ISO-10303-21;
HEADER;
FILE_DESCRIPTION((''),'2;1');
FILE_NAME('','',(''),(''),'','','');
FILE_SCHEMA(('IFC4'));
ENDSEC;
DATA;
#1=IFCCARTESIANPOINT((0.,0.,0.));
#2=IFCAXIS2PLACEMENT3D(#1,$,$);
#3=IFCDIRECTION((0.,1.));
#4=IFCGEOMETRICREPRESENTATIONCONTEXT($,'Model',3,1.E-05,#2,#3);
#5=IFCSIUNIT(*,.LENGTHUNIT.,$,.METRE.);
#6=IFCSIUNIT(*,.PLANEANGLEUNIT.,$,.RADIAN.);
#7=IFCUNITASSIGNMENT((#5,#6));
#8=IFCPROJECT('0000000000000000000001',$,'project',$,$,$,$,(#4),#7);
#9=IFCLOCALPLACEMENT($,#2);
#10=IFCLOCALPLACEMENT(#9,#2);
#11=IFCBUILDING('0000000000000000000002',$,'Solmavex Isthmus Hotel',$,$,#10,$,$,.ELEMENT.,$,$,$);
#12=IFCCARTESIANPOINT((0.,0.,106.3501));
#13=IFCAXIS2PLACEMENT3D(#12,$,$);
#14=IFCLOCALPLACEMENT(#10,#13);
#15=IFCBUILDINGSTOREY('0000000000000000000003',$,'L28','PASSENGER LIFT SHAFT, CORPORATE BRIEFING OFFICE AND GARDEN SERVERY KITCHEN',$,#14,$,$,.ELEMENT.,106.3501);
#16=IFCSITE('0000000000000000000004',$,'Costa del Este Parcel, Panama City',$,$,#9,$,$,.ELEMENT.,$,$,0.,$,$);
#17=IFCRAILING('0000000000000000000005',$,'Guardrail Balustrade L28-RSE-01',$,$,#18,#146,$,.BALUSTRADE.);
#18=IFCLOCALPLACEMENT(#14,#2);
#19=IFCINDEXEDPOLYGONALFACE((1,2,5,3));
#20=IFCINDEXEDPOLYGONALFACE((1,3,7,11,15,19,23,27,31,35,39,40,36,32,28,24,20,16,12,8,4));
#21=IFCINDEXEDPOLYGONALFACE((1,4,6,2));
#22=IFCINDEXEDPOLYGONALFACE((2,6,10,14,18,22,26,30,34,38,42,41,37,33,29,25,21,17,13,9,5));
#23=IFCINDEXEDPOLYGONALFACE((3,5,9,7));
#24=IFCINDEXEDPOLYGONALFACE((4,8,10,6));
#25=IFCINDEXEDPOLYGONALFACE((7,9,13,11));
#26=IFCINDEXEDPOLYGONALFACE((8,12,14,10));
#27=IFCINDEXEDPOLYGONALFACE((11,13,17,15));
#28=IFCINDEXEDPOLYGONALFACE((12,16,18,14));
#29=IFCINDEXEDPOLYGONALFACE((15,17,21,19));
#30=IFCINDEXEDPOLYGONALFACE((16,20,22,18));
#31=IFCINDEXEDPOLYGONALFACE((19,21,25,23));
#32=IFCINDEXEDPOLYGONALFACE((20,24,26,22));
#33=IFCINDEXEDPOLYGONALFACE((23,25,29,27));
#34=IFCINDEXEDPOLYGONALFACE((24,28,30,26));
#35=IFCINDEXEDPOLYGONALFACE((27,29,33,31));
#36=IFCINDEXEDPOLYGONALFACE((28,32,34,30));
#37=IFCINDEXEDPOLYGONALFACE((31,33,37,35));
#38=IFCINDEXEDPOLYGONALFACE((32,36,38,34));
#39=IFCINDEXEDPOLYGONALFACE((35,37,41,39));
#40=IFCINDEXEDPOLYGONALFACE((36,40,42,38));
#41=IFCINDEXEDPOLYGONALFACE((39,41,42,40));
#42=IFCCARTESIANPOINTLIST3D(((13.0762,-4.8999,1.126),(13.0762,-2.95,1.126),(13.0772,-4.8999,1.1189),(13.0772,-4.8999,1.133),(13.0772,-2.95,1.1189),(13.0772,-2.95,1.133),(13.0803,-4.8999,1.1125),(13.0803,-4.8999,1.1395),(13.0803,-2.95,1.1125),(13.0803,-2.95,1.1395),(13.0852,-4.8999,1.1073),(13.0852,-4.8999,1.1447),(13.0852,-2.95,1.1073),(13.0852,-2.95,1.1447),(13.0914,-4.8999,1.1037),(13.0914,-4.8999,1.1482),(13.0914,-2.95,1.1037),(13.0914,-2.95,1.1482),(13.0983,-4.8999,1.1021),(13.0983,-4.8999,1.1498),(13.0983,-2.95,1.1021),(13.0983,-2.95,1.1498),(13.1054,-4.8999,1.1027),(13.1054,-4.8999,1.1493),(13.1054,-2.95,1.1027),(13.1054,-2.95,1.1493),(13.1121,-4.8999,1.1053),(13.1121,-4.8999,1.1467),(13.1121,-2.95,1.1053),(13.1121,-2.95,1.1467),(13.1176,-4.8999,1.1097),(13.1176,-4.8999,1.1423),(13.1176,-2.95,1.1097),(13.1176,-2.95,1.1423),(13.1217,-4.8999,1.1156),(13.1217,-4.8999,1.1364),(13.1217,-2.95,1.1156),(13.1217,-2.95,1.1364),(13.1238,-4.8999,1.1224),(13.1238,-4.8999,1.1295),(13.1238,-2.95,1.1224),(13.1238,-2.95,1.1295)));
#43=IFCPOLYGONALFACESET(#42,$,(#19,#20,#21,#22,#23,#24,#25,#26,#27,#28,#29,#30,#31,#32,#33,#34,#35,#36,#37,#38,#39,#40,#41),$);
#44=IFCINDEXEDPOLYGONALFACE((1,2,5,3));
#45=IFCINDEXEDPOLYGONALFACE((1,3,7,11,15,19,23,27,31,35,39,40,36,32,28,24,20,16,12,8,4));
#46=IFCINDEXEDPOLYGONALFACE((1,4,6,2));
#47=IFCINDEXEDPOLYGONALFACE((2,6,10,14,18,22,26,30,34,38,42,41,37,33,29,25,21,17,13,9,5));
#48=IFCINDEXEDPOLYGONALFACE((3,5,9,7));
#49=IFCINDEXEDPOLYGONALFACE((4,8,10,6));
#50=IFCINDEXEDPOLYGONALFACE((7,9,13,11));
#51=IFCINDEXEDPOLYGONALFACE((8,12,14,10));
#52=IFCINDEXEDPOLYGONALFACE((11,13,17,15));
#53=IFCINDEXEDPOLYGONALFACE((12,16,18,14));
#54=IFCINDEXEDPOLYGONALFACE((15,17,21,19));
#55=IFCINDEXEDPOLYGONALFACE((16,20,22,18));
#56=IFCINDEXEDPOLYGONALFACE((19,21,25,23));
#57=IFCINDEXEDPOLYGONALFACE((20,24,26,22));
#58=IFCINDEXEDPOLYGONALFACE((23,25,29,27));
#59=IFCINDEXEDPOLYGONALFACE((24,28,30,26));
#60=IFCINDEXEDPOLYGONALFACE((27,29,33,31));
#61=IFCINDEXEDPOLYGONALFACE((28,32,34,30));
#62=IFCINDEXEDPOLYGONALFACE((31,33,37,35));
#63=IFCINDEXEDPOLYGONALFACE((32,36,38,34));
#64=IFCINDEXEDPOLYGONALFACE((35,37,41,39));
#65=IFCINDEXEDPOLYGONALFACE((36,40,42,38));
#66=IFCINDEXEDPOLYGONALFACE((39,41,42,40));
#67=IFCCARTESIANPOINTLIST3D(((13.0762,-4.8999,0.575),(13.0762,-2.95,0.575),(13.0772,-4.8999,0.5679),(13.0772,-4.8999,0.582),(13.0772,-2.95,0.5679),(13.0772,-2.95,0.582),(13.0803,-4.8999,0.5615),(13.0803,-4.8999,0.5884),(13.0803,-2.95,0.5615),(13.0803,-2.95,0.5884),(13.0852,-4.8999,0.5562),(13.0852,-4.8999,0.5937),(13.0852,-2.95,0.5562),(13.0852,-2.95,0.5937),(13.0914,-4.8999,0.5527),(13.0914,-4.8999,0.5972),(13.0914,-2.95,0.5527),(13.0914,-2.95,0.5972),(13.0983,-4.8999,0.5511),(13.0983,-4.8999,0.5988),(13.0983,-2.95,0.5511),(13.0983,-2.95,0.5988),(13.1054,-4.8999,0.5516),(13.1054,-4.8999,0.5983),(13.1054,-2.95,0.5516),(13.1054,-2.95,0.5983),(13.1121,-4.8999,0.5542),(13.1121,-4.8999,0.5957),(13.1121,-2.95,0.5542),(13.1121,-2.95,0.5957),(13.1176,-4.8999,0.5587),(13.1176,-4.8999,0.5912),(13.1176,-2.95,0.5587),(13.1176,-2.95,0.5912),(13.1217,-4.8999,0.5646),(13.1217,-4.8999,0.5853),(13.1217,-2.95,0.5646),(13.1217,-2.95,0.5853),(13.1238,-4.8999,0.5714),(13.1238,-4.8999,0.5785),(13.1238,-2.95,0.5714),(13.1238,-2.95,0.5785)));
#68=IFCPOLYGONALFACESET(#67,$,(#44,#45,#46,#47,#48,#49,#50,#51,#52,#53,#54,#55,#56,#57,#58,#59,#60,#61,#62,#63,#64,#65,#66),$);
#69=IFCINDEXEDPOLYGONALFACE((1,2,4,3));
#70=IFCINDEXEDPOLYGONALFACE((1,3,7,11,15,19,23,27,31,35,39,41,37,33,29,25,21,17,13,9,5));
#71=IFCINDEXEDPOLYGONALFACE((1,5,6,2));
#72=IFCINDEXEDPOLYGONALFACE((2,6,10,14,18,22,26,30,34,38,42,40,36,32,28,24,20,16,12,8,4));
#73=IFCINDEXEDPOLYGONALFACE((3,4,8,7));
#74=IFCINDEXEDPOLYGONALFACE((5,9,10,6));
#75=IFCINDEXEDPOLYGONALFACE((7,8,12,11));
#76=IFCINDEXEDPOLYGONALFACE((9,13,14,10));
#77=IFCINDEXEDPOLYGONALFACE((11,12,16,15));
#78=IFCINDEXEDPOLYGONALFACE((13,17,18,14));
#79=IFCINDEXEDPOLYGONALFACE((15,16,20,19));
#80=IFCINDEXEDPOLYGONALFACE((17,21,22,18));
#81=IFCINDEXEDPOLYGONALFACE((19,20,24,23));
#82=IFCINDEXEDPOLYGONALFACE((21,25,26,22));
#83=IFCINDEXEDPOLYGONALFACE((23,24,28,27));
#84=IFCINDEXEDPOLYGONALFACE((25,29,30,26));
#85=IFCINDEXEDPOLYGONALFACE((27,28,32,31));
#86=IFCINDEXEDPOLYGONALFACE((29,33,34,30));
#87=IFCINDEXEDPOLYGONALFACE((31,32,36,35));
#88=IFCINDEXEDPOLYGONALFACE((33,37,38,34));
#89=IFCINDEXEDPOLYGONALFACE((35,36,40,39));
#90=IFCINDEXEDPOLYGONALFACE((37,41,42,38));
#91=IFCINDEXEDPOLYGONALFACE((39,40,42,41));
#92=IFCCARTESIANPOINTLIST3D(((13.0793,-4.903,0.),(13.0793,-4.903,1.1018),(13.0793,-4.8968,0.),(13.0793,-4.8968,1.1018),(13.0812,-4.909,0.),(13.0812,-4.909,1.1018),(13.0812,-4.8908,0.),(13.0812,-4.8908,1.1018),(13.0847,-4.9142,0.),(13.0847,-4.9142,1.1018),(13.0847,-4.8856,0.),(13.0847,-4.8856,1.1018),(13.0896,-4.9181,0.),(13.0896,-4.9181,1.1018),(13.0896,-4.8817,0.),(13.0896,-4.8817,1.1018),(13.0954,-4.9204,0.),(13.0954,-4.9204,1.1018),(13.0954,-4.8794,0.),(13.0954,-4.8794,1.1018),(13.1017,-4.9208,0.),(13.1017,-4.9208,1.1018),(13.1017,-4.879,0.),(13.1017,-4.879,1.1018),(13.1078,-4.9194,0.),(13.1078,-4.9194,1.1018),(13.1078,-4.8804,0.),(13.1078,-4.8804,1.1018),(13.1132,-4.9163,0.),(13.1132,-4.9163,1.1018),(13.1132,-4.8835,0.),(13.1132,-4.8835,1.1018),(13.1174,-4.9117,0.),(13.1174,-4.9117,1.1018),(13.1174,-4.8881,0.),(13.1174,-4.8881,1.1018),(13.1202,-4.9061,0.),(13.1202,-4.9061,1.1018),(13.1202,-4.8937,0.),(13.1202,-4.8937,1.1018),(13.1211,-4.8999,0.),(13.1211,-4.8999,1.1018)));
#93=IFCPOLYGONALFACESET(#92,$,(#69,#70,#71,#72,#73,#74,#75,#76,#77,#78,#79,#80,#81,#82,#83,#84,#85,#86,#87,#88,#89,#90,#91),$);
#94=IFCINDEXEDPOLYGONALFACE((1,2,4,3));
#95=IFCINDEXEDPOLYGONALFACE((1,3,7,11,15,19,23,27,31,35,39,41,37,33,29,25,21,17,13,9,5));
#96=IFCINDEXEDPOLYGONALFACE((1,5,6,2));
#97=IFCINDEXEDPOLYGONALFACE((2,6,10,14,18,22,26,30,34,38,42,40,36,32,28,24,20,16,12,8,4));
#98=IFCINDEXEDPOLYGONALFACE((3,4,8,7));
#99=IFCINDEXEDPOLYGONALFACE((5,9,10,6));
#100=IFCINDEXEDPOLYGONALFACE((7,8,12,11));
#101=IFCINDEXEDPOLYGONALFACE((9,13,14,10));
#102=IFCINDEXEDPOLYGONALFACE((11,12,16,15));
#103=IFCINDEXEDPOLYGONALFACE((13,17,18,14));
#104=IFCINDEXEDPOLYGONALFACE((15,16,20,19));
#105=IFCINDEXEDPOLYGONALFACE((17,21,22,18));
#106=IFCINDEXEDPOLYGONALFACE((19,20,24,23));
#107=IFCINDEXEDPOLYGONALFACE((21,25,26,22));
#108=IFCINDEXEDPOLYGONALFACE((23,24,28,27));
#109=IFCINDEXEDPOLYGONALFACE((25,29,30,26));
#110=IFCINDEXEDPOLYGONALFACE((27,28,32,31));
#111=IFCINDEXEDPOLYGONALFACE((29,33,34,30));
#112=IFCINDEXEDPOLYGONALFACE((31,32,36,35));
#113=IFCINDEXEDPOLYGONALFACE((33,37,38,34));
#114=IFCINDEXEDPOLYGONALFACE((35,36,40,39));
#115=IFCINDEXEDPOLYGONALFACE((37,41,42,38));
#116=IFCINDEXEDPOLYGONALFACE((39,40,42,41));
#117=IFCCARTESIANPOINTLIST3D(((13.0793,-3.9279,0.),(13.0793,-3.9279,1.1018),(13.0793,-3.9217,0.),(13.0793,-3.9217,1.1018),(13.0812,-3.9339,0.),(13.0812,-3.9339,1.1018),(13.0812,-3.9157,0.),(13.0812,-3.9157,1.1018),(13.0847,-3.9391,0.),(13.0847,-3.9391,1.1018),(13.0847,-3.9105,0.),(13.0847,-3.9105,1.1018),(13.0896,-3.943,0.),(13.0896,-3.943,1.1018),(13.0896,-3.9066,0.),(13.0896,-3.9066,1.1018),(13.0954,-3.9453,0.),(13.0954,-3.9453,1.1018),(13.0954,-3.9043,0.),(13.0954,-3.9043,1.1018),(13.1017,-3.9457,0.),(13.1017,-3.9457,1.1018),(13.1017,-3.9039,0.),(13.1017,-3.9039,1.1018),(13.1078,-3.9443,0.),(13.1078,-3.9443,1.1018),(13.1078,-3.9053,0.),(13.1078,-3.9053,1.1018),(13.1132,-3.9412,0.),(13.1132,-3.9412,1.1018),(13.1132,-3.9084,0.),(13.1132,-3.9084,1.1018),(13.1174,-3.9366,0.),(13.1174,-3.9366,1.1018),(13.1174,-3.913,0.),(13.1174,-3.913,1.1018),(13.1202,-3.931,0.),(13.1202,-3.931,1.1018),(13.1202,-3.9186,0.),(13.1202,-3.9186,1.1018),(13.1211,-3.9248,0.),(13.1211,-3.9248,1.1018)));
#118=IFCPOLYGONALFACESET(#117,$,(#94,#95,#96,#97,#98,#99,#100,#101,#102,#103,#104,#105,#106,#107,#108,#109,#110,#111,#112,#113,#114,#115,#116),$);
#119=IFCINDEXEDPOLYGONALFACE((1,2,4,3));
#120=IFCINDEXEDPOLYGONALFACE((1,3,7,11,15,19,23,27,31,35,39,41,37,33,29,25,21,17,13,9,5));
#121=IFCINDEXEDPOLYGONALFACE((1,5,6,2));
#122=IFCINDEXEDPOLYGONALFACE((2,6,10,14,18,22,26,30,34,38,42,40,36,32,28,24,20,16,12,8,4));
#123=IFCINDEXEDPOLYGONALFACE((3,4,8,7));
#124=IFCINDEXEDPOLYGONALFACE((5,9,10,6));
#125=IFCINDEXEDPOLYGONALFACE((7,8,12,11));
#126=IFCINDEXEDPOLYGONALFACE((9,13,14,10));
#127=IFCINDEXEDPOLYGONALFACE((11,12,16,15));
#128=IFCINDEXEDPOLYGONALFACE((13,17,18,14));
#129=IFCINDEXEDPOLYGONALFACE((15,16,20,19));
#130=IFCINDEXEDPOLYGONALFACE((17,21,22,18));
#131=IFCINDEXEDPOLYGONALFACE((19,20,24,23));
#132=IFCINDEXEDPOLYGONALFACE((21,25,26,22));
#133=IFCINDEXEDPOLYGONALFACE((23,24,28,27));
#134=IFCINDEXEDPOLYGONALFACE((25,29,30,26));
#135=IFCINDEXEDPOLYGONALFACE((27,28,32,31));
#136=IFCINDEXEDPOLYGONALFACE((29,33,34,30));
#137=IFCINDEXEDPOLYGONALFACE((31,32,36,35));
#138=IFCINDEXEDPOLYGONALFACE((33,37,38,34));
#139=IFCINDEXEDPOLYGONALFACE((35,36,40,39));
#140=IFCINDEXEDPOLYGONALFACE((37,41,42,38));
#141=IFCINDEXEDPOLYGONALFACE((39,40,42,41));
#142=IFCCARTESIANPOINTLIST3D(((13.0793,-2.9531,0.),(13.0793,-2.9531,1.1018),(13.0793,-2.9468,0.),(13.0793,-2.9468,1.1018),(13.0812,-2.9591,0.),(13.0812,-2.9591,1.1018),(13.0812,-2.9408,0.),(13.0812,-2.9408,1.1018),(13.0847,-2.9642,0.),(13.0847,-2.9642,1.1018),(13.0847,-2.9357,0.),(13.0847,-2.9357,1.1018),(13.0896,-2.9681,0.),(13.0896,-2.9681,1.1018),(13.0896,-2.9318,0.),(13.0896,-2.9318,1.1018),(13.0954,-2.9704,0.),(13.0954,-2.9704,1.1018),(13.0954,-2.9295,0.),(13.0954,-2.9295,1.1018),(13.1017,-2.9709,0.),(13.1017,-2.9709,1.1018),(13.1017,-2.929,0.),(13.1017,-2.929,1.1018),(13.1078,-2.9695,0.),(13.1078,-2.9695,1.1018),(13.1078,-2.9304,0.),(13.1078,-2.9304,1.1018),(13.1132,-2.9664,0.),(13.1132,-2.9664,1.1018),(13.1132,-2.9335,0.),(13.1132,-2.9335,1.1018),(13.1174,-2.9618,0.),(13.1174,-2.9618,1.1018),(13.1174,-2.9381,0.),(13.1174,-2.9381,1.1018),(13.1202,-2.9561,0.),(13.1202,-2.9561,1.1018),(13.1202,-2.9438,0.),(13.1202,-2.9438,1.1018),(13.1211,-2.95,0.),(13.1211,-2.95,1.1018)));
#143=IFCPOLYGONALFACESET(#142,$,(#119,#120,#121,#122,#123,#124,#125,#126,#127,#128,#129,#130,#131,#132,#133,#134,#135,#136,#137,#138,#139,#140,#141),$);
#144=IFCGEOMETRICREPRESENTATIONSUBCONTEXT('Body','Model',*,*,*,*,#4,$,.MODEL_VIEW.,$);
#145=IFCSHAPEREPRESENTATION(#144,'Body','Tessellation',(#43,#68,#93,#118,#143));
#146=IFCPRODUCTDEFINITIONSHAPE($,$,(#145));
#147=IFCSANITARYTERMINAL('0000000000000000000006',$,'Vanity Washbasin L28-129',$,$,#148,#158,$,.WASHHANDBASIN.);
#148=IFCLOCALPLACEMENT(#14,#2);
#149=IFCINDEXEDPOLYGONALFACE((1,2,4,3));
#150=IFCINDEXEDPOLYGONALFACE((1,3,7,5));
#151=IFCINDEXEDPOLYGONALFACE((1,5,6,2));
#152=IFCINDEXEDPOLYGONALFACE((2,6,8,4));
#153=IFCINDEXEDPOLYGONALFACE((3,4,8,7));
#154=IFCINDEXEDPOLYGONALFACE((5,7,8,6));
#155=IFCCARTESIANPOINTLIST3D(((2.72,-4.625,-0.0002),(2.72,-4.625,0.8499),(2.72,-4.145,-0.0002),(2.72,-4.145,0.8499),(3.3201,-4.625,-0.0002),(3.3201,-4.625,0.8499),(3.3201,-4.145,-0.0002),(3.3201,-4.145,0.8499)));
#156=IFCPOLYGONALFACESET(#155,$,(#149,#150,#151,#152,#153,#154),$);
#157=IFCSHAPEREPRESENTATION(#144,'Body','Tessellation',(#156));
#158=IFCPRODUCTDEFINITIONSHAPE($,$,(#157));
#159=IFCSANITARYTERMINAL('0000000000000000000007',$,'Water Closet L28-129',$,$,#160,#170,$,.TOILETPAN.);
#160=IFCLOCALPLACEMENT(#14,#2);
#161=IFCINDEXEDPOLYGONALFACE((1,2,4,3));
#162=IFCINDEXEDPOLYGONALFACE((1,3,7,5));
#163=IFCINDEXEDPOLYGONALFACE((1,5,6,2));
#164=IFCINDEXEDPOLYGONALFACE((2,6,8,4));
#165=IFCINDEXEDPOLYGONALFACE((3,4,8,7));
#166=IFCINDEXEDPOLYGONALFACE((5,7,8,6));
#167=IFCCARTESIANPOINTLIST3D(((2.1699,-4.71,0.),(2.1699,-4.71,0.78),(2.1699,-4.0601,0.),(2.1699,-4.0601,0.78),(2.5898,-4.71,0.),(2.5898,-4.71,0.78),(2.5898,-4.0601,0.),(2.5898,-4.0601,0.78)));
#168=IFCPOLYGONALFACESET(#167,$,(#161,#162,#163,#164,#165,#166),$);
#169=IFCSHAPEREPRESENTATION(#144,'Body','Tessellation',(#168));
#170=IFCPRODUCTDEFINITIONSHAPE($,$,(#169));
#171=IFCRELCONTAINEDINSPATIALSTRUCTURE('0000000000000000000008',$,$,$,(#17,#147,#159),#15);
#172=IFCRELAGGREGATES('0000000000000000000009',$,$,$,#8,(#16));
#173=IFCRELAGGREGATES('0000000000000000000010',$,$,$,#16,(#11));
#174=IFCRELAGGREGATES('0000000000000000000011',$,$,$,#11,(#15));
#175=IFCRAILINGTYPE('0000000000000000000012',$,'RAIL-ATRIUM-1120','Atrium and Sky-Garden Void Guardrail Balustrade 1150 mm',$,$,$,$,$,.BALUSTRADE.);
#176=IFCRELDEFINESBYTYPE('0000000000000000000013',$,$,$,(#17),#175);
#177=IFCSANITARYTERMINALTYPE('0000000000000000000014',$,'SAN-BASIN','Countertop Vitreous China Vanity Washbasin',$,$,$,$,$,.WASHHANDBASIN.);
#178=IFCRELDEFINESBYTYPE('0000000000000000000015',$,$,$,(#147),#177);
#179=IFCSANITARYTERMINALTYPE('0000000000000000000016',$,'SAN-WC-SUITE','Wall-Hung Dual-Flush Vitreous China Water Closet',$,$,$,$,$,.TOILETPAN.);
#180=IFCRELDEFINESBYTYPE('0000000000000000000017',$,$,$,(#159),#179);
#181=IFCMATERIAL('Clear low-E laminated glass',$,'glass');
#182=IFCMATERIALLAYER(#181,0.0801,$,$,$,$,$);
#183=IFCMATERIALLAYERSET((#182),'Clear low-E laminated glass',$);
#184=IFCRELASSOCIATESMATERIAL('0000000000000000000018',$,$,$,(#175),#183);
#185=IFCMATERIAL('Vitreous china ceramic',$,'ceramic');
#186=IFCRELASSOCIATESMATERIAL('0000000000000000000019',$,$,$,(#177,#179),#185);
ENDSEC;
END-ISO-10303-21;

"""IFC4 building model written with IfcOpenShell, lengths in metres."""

from ifc_helpers import new_model, si_unit, direction, frame, origin, origin_2d, place, context, subcontext, project, spatial, rectangle, circle, extrude, material, layer, layer_set, type_object, element, save


model = new_model("IFC4")

# Units and contexts
model_context = context("Model", 3, precision=1e-05, world=origin(), true_north=direction((0.0, 1.0)))
body_context = subcontext(model_context, "Body", "Model", "MODEL_VIEW")
ifc_project = project(units=[si_unit("LENGTHUNIT", "METRE"), si_unit("PLANEANGLEUNIT", "RADIAN")], contexts=[model_context])

# Site, building, storey
site_placement = place(None, origin())
site = spatial("IfcSite", under=ifc_project, at=site_placement, Name="Costa del Este Parcel, Panama City", CompositionType="ELEMENT", RefElevation=0.0)
building_placement = place(site_placement, origin())
building = spatial("IfcBuilding", under=site, at=building_placement, Name="Solmavex Isthmus Hotel", CompositionType="ELEMENT")
storey_placement = place(building_placement, frame((0.0, 0.0, 106.3501)))
storey = spatial("IfcBuildingStorey", under=building, at=storey_placement, Name="L28", Description="PASSENGER LIFT SHAFT, CORPORATE BRIEFING OFFICE AND GARDEN SERVERY KITCHEN", CompositionType="ELEMENT", Elevation=106.3501)

# Railing
ifc_material_1 = material(Name="Clear low-E laminated glass", Category="glass")
ifc_layer_1 = layer(ifc_material_1, 0.0801)
ifc_layer_set_1 = layer_set([ifc_layer_1], Name="Clear low-E laminated glass")
railing_type_1 = type_object("IfcRailingType", Name="RAIL-ATRIUM-1120", Description="Atrium and Sky-Garden Void Guardrail Balustrade 1150 mm", PredefinedType="BALUSTRADE", material=ifc_layer_set_1)
railing_1_placement = place(storey_placement, frame((13.1001, -4.8999, 0.0)))
element("IfcRailing", 1, at=railing_1_placement, inside=storey, type_object=railing_type_1, Name="Guardrail Balustrade L28-RSE-01", PredefinedType="BALUSTRADE", context=body_context, shape_type="SweptSolid", body=[
    extrude(circle(Radius=0.0239, at=origin_2d()), frame((0.0, 0.0, 1.126), z_axis=(0.0, 1.0, 0.0), x_axis=(-1.0, 0.0, 0.0)), (0.0, 0.0, 1.0), 1.95),
    extrude(circle(Radius=0.0239, at=origin_2d()), frame((0.0, 0.0, 0.575), z_axis=(0.0, 1.0, 0.0), x_axis=(-1.0, 0.0, 0.0)), (0.0, 0.0, 1.0), 1.95),
    extrude(circle(Radius=0.021, at=origin_2d()), origin(), (0.0, 0.0, 1.0), 1.1018),
    extrude(circle(Radius=0.021, at=origin_2d()), frame((0.0, 0.9751, 0.0)), (0.0, 0.0, 1.0), 1.1018),
    extrude(circle(Radius=0.021, at=origin_2d()), frame((0.0, 1.95, 0.0)), (0.0, 0.0, 1.0), 1.1018),
])

# Sanitary terminals
ifc_material_2 = material(Name="Vitreous china ceramic", Category="ceramic")
sanitary_terminal_type_1 = type_object("IfcSanitaryTerminalType", Name="SAN-BASIN", Description="Countertop Vitreous China Vanity Washbasin", PredefinedType="WASHHANDBASIN", material=ifc_material_2)
sanitary_terminal_1_placement = place(storey_placement, frame((3.02, -4.385, -0.0002), z_axis=(0.0, 0.0, 1.0), x_axis=(1.0, 0.0, 0.0)))
element("IfcSanitaryTerminal", 2, at=sanitary_terminal_1_placement, inside=storey, type_object=sanitary_terminal_type_1, Name="Vanity Washbasin L28-129", PredefinedType="WASHHANDBASIN", context=body_context, shape_type="SweptSolid", body=[
    extrude(rectangle(XDim=0.6001, YDim=0.48, at=origin_2d()), origin(), (0.0, 0.0, 1.0), 0.8501),
])
sanitary_terminal_type_2 = type_object("IfcSanitaryTerminalType", Name="SAN-WC-SUITE", Description="Wall-Hung Dual-Flush Vitreous China Water Closet", PredefinedType="TOILETPAN", material=ifc_material_2)
sanitary_terminal_2_placement = place(storey_placement, frame((2.3799, -4.385, 0.0), z_axis=(0.0, 0.0, 1.0), x_axis=(1.0, 0.0, 0.0)))
element("IfcSanitaryTerminal", 3, at=sanitary_terminal_2_placement, inside=storey, type_object=sanitary_terminal_type_2, Name="Water Closet L28-129", PredefinedType="TOILETPAN", context=body_context, shape_type="SweptSolid", body=[
    extrude(rectangle(XDim=0.4199, YDim=0.6499, at=origin_2d()), origin(), (0.0, 0.0, 1.0), 0.78),
])

save(model, "model.ifc")
